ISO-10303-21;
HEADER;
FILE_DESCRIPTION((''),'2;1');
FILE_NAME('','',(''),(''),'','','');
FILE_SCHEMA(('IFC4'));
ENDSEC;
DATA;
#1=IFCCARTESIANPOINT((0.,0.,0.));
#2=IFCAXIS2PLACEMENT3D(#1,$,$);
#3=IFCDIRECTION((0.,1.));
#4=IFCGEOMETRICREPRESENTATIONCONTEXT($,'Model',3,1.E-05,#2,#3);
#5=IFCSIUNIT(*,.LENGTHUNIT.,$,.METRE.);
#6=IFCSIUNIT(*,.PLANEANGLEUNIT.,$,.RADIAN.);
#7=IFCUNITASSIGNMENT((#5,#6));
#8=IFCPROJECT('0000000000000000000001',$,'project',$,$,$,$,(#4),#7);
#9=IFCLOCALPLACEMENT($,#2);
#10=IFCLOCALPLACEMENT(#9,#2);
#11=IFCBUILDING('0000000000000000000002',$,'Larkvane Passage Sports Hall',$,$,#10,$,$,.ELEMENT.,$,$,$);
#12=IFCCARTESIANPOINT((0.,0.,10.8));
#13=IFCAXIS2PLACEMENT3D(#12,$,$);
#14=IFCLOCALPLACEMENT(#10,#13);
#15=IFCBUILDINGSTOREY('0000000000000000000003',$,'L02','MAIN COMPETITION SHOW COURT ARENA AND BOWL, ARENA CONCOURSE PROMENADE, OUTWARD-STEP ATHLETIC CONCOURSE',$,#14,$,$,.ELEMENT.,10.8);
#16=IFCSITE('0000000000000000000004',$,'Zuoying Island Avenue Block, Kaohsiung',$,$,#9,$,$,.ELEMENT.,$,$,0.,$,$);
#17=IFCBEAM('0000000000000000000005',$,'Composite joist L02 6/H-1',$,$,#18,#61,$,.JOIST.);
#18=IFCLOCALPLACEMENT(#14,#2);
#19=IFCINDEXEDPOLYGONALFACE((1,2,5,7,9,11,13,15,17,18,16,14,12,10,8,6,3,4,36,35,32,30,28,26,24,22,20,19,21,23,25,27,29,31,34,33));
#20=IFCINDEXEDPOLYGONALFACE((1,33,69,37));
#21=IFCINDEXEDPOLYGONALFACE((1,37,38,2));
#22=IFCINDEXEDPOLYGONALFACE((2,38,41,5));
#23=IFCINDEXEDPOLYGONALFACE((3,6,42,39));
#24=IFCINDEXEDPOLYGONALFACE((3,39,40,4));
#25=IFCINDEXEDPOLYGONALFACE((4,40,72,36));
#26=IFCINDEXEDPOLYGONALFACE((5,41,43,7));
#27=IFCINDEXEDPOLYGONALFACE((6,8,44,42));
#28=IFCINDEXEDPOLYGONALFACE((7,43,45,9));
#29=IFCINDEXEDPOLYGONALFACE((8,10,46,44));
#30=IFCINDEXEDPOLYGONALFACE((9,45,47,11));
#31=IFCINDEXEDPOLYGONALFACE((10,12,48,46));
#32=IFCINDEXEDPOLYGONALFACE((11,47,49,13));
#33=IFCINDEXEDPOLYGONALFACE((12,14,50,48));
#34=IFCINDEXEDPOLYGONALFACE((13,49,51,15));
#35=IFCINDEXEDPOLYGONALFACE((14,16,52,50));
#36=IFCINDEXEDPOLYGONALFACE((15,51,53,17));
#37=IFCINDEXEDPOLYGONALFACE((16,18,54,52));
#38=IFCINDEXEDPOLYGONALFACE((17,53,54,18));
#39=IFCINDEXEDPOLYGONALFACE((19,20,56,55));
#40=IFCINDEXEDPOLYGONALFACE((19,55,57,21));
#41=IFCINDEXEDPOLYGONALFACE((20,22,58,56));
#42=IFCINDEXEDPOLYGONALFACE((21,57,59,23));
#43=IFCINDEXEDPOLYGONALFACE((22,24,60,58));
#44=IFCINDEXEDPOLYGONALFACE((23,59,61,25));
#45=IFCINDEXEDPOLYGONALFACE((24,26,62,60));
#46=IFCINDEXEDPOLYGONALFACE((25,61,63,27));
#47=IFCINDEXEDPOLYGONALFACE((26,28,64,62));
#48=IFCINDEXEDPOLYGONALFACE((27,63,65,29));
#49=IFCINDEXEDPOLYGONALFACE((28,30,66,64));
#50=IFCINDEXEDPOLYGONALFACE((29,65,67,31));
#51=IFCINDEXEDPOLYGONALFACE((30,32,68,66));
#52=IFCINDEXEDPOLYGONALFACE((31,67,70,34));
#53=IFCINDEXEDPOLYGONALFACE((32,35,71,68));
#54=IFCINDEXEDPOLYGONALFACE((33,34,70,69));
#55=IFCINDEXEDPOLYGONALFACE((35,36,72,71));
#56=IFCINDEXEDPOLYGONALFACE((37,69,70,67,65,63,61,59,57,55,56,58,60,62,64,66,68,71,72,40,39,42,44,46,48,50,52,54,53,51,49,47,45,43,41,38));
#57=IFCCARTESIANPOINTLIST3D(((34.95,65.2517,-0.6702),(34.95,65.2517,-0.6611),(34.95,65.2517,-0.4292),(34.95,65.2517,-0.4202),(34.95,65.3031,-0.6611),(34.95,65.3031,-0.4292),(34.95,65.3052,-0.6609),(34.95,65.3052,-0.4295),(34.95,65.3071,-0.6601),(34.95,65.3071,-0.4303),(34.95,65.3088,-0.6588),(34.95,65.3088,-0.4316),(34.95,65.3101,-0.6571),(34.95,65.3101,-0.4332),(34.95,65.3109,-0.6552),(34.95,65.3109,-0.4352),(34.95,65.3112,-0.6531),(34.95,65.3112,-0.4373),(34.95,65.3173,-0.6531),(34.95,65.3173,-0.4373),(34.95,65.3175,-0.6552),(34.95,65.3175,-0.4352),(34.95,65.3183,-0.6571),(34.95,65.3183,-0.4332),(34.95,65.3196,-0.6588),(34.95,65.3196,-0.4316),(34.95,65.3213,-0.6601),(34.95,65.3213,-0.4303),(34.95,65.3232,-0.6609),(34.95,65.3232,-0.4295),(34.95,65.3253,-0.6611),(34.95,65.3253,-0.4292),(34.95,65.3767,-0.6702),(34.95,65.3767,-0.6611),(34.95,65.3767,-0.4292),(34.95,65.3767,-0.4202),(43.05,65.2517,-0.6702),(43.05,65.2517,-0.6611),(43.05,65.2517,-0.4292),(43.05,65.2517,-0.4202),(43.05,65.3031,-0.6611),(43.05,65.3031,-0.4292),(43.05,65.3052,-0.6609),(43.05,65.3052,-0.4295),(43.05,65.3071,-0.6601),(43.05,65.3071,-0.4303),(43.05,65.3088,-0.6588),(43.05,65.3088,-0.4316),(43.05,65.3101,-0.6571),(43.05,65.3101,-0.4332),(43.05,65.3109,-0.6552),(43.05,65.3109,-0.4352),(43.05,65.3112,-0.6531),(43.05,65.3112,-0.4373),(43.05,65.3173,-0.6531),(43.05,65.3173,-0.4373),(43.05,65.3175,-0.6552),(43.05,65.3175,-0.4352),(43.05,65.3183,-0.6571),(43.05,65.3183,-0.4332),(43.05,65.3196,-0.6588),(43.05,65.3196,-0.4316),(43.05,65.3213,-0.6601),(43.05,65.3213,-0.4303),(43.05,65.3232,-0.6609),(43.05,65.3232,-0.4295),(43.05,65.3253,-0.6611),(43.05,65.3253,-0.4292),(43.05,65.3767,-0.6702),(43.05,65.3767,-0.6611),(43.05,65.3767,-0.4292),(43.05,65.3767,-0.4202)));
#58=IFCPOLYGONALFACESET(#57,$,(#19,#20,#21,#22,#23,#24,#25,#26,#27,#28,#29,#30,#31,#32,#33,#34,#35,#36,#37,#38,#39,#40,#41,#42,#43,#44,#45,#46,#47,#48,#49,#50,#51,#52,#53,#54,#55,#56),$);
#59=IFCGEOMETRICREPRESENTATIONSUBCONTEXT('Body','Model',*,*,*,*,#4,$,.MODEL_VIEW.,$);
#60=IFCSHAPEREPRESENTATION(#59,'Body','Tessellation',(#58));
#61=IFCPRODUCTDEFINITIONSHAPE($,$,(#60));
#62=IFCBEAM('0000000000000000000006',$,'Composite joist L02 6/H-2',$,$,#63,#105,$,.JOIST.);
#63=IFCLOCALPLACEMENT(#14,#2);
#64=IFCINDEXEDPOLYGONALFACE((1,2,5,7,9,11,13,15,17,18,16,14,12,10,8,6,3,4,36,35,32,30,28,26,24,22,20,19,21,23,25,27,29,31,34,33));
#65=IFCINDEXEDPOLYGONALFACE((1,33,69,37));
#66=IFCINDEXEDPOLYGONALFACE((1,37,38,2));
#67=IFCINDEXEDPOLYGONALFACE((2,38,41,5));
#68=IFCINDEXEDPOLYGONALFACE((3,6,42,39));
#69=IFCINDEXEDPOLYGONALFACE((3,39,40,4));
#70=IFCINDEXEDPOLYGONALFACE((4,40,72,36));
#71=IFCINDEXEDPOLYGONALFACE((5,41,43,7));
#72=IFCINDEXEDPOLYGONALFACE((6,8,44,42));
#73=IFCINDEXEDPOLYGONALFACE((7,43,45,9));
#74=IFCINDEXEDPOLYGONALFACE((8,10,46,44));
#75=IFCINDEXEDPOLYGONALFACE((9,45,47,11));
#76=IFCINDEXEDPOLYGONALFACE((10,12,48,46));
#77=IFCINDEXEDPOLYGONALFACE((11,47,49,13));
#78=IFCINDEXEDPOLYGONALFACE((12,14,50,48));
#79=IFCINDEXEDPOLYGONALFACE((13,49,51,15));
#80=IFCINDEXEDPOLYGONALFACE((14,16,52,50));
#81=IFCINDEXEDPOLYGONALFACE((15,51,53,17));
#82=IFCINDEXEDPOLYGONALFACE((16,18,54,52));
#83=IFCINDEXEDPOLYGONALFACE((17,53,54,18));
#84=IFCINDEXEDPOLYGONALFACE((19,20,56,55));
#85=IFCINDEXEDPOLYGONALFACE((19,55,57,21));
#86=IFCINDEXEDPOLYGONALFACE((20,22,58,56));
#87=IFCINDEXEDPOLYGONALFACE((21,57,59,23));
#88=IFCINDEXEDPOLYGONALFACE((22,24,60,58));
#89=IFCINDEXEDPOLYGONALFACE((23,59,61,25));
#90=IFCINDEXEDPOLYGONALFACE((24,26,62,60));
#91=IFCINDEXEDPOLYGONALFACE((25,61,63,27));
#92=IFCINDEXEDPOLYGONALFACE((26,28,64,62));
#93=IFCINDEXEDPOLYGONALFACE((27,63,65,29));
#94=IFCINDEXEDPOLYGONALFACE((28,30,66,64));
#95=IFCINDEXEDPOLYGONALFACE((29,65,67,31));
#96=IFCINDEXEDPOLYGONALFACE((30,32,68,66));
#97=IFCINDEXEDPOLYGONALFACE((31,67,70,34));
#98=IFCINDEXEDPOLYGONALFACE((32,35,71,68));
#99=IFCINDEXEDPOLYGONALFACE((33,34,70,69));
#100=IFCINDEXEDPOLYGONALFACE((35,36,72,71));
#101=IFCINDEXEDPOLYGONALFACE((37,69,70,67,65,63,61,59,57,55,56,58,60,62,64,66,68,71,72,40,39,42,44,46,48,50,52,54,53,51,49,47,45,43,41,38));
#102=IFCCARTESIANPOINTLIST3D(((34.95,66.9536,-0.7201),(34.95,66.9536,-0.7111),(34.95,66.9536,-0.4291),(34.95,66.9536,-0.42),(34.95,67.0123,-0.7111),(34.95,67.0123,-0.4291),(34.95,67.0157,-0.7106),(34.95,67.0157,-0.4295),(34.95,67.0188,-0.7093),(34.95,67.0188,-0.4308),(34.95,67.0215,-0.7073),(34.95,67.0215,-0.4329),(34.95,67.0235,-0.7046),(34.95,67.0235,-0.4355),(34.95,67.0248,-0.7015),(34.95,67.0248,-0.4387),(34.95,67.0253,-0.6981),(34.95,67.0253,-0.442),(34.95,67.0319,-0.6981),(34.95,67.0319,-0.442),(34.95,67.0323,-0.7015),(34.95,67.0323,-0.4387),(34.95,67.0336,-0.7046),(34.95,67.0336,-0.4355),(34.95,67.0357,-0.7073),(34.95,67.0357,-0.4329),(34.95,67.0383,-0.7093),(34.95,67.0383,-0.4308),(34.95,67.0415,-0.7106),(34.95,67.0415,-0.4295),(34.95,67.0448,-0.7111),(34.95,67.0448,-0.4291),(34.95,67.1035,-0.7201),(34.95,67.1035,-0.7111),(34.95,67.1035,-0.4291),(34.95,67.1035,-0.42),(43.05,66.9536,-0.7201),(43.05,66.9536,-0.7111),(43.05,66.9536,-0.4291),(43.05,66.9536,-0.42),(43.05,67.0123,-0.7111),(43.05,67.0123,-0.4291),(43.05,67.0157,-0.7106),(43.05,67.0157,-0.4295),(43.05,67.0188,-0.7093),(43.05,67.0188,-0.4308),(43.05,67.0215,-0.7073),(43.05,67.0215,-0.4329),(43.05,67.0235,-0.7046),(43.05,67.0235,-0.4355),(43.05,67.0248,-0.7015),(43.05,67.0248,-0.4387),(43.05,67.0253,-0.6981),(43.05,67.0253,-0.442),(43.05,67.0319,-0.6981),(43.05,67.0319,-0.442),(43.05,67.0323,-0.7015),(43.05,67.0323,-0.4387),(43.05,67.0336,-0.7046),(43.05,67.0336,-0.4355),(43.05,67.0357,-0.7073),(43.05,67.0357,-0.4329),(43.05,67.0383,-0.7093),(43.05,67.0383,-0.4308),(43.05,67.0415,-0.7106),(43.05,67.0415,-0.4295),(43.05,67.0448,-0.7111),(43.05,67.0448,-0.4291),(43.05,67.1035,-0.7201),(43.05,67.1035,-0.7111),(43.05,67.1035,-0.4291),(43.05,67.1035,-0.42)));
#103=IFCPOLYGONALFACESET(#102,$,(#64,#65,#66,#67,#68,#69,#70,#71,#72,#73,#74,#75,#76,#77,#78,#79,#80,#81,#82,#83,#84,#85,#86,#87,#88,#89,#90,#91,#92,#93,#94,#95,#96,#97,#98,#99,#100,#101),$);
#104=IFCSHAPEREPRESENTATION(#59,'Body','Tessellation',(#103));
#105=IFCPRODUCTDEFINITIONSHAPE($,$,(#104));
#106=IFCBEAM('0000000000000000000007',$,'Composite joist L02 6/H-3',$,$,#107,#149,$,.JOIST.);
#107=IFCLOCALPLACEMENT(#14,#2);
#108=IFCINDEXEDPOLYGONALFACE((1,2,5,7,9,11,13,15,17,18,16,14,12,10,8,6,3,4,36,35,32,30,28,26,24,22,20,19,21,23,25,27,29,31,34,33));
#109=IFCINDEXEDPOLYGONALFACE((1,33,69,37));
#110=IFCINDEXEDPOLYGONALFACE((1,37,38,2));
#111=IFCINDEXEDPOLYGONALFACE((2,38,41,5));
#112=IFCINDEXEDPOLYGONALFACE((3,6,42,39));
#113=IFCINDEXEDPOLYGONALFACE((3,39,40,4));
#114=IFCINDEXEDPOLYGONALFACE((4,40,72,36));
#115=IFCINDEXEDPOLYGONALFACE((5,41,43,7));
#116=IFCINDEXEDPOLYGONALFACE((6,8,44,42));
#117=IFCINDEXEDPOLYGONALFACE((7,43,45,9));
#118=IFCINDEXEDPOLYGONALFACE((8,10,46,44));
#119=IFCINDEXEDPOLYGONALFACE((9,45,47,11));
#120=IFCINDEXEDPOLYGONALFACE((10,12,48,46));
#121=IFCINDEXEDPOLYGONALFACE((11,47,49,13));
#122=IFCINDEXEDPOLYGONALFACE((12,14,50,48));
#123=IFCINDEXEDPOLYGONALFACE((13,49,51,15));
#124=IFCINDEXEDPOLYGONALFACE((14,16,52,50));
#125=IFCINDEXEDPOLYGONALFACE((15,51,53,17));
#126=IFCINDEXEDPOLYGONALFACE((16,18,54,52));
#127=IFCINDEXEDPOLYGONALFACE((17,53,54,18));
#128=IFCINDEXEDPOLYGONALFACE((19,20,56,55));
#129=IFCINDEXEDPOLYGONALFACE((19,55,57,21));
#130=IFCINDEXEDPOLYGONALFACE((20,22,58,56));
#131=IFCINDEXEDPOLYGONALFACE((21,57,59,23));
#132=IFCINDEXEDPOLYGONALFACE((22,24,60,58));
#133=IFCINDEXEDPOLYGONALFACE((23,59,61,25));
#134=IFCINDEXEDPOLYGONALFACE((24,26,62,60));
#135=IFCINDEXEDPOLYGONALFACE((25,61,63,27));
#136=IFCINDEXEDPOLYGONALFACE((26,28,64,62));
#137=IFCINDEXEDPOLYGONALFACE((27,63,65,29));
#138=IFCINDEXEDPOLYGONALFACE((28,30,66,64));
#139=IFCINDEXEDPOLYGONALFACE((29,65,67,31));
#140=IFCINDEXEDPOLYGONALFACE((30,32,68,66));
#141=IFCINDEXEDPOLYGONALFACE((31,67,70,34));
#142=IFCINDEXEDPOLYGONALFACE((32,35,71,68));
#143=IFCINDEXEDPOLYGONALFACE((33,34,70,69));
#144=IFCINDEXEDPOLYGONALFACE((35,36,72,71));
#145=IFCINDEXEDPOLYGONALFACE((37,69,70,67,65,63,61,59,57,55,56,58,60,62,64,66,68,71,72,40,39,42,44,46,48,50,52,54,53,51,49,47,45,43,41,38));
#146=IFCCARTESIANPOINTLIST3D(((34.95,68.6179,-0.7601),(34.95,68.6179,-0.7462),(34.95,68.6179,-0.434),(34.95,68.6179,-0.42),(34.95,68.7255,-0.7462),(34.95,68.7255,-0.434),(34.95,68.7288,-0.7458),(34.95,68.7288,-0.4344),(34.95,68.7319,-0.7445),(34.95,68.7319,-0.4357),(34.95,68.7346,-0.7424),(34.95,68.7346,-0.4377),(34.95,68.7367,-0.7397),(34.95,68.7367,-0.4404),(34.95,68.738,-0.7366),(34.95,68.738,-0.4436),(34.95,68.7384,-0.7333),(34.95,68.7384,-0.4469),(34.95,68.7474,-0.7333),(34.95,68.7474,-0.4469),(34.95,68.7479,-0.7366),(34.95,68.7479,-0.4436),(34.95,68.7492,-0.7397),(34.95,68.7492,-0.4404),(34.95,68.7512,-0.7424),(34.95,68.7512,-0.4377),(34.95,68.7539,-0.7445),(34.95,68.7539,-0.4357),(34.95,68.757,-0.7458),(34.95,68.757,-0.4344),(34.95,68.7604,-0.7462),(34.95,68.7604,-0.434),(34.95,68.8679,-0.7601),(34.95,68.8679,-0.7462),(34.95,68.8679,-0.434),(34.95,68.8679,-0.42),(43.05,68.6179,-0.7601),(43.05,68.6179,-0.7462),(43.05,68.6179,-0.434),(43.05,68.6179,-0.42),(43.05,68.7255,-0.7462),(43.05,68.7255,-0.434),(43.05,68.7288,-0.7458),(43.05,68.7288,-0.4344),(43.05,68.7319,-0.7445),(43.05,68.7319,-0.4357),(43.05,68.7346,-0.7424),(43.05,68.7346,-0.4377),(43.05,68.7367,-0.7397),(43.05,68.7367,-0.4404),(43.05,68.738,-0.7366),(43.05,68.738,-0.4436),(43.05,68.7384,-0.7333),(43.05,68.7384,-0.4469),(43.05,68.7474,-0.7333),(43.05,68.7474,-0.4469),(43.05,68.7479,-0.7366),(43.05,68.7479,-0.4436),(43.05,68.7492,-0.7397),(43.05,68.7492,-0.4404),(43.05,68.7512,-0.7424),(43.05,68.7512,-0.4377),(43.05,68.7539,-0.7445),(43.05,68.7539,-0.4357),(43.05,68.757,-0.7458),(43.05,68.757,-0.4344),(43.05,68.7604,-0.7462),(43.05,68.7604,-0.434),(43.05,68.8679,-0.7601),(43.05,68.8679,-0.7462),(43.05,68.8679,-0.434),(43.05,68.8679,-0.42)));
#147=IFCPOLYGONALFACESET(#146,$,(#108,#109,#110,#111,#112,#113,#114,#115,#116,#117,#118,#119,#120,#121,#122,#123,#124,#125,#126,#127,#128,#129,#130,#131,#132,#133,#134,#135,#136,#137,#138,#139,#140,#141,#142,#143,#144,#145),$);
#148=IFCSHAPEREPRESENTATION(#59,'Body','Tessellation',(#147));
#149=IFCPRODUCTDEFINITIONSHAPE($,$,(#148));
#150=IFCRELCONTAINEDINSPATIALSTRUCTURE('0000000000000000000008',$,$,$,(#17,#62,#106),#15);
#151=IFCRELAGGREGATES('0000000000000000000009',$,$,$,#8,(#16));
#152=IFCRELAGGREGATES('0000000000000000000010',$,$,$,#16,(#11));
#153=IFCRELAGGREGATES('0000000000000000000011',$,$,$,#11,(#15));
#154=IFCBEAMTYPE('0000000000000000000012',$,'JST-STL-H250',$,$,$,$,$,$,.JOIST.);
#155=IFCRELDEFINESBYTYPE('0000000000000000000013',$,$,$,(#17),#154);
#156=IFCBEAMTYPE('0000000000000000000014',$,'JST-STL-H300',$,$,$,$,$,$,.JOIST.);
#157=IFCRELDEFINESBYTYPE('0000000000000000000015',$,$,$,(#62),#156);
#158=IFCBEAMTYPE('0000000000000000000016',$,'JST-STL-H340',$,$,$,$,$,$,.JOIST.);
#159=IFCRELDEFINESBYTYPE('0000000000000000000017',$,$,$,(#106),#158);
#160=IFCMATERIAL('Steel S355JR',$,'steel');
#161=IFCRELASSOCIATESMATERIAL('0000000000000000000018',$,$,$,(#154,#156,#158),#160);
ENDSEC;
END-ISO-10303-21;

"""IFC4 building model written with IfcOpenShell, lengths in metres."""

from ifc_helpers import new_model, si_unit, direction, frame, origin, origin_2d, place, context, subcontext, project, spatial, i_section, extrude, material, material_profile, profile_set, type_object, element, save


model = new_model("IFC4")

# Units and contexts
model_context = context("Model", 3, precision=1e-05, world=origin(), true_north=direction((0.0, 1.0)))
body_context = subcontext(model_context, "Body", "Model", "MODEL_VIEW")
ifc_project = project(units=[si_unit("LENGTHUNIT", "METRE"), si_unit("PLANEANGLEUNIT", "RADIAN")], contexts=[model_context])

# Site, building, storey
site_placement = place(None, origin())
site = spatial("IfcSite", under=ifc_project, at=site_placement, Name="Zuoying Island Avenue Block, Kaohsiung", CompositionType="ELEMENT", RefElevation=0.0)
building_placement = place(site_placement, origin())
building = spatial("IfcBuilding", under=site, at=building_placement, Name="Larkvane Passage Sports Hall", CompositionType="ELEMENT")
storey_placement = place(building_placement, frame((0.0, 0.0, 10.8)))
storey = spatial("IfcBuildingStorey", under=building, at=storey_placement, Name="L02", Description="MAIN COMPETITION SHOW COURT ARENA AND BOWL, ARENA CONCOURSE PROMENADE, OUTWARD-STEP ATHLETIC CONCOURSE", CompositionType="ELEMENT", Elevation=10.8)

# Beams
ifc_material_1 = material(Name="Steel S355JR", Category="steel")
ifc_material_profile_1 = material_profile(ifc_material_1, i_section(OverallWidth=0.125, OverallDepth=0.25, WebThickness=0.0061, FlangeThickness=0.009, FilletRadius=0.0081, at=origin_2d()), Name="H-250x125x6x9")
ifc_profile_set_1 = profile_set([ifc_material_profile_1], Name="Steel S355JR")
beam_type_1 = type_object("IfcBeamType", Name="JST-STL-H250", PredefinedType="JOIST", material=ifc_profile_set_1)
beam_1_placement = place(storey_placement, frame((34.95, 65.3142, -0.5452), z_axis=(1.0, 0.0, 0.0), x_axis=(0.0, 1.0, 0.0)))
element("IfcBeam", 1, at=beam_1_placement, inside=storey, type_object=beam_type_1, Name="Composite joist L02 6/H-1", PredefinedType="JOIST", context=body_context, shape_type="SweptSolid", body=[
    extrude(i_section(OverallWidth=0.125, OverallDepth=0.25, WebThickness=0.0061, FlangeThickness=0.009, FilletRadius=0.0081, at=origin_2d()), origin(), (0.0, 0.0, 1.0), 8.1001),
])
ifc_material_profile_2 = material_profile(ifc_material_1, i_section(OverallWidth=0.1499, OverallDepth=0.3, WebThickness=0.0066, FlangeThickness=0.009, FilletRadius=0.0129, at=origin_2d()), Name="H-300x150x6.5x9")
ifc_profile_set_2 = profile_set([ifc_material_profile_2], Name="Steel S355JR")
beam_type_2 = type_object("IfcBeamType", Name="JST-STL-H300", PredefinedType="JOIST", material=ifc_profile_set_2)
beam_2_placement = place(storey_placement, frame((34.95, 67.0286, -0.5701), z_axis=(1.0, 0.0, 0.0), x_axis=(0.0, 1.0, 0.0)))
element("IfcBeam", 2, at=beam_2_placement, inside=storey, type_object=beam_type_2, Name="Composite joist L02 6/H-2", PredefinedType="JOIST", context=body_context, shape_type="SweptSolid", body=[
    extrude(i_section(OverallWidth=0.1499, OverallDepth=0.3, WebThickness=0.0066, FlangeThickness=0.009, FilletRadius=0.0129, at=origin_2d()), origin(), (0.0, 0.0, 1.0), 8.1001),
])
ifc_material_profile_3 = material_profile(ifc_material_1, i_section(OverallWidth=0.25, OverallDepth=0.3401, WebThickness=0.009, FlangeThickness=0.0139, FilletRadius=0.0129, at=origin_2d()), Name="H-340x250x9x14")
ifc_profile_set_3 = profile_set([ifc_material_profile_3], Name="Steel S355JR")
beam_type_3 = type_object("IfcBeamType", Name="JST-STL-H340", PredefinedType="JOIST", material=ifc_profile_set_3)
beam_3_placement = place(storey_placement, frame((34.95, 68.7429, -0.5901), z_axis=(1.0, 0.0, 0.0), x_axis=(0.0, 1.0, 0.0)))
element("IfcBeam", 3, at=beam_3_placement, inside=storey, type_object=beam_type_3, Name="Composite joist L02 6/H-3", PredefinedType="JOIST", context=body_context, shape_type="SweptSolid", body=[
    extrude(i_section(OverallWidth=0.25, OverallDepth=0.3401, WebThickness=0.009, FlangeThickness=0.0139, FilletRadius=0.0129, at=origin_2d()), origin(), (0.0, 0.0, 1.0), 8.1001),
])

save(model, "model.ifc")
